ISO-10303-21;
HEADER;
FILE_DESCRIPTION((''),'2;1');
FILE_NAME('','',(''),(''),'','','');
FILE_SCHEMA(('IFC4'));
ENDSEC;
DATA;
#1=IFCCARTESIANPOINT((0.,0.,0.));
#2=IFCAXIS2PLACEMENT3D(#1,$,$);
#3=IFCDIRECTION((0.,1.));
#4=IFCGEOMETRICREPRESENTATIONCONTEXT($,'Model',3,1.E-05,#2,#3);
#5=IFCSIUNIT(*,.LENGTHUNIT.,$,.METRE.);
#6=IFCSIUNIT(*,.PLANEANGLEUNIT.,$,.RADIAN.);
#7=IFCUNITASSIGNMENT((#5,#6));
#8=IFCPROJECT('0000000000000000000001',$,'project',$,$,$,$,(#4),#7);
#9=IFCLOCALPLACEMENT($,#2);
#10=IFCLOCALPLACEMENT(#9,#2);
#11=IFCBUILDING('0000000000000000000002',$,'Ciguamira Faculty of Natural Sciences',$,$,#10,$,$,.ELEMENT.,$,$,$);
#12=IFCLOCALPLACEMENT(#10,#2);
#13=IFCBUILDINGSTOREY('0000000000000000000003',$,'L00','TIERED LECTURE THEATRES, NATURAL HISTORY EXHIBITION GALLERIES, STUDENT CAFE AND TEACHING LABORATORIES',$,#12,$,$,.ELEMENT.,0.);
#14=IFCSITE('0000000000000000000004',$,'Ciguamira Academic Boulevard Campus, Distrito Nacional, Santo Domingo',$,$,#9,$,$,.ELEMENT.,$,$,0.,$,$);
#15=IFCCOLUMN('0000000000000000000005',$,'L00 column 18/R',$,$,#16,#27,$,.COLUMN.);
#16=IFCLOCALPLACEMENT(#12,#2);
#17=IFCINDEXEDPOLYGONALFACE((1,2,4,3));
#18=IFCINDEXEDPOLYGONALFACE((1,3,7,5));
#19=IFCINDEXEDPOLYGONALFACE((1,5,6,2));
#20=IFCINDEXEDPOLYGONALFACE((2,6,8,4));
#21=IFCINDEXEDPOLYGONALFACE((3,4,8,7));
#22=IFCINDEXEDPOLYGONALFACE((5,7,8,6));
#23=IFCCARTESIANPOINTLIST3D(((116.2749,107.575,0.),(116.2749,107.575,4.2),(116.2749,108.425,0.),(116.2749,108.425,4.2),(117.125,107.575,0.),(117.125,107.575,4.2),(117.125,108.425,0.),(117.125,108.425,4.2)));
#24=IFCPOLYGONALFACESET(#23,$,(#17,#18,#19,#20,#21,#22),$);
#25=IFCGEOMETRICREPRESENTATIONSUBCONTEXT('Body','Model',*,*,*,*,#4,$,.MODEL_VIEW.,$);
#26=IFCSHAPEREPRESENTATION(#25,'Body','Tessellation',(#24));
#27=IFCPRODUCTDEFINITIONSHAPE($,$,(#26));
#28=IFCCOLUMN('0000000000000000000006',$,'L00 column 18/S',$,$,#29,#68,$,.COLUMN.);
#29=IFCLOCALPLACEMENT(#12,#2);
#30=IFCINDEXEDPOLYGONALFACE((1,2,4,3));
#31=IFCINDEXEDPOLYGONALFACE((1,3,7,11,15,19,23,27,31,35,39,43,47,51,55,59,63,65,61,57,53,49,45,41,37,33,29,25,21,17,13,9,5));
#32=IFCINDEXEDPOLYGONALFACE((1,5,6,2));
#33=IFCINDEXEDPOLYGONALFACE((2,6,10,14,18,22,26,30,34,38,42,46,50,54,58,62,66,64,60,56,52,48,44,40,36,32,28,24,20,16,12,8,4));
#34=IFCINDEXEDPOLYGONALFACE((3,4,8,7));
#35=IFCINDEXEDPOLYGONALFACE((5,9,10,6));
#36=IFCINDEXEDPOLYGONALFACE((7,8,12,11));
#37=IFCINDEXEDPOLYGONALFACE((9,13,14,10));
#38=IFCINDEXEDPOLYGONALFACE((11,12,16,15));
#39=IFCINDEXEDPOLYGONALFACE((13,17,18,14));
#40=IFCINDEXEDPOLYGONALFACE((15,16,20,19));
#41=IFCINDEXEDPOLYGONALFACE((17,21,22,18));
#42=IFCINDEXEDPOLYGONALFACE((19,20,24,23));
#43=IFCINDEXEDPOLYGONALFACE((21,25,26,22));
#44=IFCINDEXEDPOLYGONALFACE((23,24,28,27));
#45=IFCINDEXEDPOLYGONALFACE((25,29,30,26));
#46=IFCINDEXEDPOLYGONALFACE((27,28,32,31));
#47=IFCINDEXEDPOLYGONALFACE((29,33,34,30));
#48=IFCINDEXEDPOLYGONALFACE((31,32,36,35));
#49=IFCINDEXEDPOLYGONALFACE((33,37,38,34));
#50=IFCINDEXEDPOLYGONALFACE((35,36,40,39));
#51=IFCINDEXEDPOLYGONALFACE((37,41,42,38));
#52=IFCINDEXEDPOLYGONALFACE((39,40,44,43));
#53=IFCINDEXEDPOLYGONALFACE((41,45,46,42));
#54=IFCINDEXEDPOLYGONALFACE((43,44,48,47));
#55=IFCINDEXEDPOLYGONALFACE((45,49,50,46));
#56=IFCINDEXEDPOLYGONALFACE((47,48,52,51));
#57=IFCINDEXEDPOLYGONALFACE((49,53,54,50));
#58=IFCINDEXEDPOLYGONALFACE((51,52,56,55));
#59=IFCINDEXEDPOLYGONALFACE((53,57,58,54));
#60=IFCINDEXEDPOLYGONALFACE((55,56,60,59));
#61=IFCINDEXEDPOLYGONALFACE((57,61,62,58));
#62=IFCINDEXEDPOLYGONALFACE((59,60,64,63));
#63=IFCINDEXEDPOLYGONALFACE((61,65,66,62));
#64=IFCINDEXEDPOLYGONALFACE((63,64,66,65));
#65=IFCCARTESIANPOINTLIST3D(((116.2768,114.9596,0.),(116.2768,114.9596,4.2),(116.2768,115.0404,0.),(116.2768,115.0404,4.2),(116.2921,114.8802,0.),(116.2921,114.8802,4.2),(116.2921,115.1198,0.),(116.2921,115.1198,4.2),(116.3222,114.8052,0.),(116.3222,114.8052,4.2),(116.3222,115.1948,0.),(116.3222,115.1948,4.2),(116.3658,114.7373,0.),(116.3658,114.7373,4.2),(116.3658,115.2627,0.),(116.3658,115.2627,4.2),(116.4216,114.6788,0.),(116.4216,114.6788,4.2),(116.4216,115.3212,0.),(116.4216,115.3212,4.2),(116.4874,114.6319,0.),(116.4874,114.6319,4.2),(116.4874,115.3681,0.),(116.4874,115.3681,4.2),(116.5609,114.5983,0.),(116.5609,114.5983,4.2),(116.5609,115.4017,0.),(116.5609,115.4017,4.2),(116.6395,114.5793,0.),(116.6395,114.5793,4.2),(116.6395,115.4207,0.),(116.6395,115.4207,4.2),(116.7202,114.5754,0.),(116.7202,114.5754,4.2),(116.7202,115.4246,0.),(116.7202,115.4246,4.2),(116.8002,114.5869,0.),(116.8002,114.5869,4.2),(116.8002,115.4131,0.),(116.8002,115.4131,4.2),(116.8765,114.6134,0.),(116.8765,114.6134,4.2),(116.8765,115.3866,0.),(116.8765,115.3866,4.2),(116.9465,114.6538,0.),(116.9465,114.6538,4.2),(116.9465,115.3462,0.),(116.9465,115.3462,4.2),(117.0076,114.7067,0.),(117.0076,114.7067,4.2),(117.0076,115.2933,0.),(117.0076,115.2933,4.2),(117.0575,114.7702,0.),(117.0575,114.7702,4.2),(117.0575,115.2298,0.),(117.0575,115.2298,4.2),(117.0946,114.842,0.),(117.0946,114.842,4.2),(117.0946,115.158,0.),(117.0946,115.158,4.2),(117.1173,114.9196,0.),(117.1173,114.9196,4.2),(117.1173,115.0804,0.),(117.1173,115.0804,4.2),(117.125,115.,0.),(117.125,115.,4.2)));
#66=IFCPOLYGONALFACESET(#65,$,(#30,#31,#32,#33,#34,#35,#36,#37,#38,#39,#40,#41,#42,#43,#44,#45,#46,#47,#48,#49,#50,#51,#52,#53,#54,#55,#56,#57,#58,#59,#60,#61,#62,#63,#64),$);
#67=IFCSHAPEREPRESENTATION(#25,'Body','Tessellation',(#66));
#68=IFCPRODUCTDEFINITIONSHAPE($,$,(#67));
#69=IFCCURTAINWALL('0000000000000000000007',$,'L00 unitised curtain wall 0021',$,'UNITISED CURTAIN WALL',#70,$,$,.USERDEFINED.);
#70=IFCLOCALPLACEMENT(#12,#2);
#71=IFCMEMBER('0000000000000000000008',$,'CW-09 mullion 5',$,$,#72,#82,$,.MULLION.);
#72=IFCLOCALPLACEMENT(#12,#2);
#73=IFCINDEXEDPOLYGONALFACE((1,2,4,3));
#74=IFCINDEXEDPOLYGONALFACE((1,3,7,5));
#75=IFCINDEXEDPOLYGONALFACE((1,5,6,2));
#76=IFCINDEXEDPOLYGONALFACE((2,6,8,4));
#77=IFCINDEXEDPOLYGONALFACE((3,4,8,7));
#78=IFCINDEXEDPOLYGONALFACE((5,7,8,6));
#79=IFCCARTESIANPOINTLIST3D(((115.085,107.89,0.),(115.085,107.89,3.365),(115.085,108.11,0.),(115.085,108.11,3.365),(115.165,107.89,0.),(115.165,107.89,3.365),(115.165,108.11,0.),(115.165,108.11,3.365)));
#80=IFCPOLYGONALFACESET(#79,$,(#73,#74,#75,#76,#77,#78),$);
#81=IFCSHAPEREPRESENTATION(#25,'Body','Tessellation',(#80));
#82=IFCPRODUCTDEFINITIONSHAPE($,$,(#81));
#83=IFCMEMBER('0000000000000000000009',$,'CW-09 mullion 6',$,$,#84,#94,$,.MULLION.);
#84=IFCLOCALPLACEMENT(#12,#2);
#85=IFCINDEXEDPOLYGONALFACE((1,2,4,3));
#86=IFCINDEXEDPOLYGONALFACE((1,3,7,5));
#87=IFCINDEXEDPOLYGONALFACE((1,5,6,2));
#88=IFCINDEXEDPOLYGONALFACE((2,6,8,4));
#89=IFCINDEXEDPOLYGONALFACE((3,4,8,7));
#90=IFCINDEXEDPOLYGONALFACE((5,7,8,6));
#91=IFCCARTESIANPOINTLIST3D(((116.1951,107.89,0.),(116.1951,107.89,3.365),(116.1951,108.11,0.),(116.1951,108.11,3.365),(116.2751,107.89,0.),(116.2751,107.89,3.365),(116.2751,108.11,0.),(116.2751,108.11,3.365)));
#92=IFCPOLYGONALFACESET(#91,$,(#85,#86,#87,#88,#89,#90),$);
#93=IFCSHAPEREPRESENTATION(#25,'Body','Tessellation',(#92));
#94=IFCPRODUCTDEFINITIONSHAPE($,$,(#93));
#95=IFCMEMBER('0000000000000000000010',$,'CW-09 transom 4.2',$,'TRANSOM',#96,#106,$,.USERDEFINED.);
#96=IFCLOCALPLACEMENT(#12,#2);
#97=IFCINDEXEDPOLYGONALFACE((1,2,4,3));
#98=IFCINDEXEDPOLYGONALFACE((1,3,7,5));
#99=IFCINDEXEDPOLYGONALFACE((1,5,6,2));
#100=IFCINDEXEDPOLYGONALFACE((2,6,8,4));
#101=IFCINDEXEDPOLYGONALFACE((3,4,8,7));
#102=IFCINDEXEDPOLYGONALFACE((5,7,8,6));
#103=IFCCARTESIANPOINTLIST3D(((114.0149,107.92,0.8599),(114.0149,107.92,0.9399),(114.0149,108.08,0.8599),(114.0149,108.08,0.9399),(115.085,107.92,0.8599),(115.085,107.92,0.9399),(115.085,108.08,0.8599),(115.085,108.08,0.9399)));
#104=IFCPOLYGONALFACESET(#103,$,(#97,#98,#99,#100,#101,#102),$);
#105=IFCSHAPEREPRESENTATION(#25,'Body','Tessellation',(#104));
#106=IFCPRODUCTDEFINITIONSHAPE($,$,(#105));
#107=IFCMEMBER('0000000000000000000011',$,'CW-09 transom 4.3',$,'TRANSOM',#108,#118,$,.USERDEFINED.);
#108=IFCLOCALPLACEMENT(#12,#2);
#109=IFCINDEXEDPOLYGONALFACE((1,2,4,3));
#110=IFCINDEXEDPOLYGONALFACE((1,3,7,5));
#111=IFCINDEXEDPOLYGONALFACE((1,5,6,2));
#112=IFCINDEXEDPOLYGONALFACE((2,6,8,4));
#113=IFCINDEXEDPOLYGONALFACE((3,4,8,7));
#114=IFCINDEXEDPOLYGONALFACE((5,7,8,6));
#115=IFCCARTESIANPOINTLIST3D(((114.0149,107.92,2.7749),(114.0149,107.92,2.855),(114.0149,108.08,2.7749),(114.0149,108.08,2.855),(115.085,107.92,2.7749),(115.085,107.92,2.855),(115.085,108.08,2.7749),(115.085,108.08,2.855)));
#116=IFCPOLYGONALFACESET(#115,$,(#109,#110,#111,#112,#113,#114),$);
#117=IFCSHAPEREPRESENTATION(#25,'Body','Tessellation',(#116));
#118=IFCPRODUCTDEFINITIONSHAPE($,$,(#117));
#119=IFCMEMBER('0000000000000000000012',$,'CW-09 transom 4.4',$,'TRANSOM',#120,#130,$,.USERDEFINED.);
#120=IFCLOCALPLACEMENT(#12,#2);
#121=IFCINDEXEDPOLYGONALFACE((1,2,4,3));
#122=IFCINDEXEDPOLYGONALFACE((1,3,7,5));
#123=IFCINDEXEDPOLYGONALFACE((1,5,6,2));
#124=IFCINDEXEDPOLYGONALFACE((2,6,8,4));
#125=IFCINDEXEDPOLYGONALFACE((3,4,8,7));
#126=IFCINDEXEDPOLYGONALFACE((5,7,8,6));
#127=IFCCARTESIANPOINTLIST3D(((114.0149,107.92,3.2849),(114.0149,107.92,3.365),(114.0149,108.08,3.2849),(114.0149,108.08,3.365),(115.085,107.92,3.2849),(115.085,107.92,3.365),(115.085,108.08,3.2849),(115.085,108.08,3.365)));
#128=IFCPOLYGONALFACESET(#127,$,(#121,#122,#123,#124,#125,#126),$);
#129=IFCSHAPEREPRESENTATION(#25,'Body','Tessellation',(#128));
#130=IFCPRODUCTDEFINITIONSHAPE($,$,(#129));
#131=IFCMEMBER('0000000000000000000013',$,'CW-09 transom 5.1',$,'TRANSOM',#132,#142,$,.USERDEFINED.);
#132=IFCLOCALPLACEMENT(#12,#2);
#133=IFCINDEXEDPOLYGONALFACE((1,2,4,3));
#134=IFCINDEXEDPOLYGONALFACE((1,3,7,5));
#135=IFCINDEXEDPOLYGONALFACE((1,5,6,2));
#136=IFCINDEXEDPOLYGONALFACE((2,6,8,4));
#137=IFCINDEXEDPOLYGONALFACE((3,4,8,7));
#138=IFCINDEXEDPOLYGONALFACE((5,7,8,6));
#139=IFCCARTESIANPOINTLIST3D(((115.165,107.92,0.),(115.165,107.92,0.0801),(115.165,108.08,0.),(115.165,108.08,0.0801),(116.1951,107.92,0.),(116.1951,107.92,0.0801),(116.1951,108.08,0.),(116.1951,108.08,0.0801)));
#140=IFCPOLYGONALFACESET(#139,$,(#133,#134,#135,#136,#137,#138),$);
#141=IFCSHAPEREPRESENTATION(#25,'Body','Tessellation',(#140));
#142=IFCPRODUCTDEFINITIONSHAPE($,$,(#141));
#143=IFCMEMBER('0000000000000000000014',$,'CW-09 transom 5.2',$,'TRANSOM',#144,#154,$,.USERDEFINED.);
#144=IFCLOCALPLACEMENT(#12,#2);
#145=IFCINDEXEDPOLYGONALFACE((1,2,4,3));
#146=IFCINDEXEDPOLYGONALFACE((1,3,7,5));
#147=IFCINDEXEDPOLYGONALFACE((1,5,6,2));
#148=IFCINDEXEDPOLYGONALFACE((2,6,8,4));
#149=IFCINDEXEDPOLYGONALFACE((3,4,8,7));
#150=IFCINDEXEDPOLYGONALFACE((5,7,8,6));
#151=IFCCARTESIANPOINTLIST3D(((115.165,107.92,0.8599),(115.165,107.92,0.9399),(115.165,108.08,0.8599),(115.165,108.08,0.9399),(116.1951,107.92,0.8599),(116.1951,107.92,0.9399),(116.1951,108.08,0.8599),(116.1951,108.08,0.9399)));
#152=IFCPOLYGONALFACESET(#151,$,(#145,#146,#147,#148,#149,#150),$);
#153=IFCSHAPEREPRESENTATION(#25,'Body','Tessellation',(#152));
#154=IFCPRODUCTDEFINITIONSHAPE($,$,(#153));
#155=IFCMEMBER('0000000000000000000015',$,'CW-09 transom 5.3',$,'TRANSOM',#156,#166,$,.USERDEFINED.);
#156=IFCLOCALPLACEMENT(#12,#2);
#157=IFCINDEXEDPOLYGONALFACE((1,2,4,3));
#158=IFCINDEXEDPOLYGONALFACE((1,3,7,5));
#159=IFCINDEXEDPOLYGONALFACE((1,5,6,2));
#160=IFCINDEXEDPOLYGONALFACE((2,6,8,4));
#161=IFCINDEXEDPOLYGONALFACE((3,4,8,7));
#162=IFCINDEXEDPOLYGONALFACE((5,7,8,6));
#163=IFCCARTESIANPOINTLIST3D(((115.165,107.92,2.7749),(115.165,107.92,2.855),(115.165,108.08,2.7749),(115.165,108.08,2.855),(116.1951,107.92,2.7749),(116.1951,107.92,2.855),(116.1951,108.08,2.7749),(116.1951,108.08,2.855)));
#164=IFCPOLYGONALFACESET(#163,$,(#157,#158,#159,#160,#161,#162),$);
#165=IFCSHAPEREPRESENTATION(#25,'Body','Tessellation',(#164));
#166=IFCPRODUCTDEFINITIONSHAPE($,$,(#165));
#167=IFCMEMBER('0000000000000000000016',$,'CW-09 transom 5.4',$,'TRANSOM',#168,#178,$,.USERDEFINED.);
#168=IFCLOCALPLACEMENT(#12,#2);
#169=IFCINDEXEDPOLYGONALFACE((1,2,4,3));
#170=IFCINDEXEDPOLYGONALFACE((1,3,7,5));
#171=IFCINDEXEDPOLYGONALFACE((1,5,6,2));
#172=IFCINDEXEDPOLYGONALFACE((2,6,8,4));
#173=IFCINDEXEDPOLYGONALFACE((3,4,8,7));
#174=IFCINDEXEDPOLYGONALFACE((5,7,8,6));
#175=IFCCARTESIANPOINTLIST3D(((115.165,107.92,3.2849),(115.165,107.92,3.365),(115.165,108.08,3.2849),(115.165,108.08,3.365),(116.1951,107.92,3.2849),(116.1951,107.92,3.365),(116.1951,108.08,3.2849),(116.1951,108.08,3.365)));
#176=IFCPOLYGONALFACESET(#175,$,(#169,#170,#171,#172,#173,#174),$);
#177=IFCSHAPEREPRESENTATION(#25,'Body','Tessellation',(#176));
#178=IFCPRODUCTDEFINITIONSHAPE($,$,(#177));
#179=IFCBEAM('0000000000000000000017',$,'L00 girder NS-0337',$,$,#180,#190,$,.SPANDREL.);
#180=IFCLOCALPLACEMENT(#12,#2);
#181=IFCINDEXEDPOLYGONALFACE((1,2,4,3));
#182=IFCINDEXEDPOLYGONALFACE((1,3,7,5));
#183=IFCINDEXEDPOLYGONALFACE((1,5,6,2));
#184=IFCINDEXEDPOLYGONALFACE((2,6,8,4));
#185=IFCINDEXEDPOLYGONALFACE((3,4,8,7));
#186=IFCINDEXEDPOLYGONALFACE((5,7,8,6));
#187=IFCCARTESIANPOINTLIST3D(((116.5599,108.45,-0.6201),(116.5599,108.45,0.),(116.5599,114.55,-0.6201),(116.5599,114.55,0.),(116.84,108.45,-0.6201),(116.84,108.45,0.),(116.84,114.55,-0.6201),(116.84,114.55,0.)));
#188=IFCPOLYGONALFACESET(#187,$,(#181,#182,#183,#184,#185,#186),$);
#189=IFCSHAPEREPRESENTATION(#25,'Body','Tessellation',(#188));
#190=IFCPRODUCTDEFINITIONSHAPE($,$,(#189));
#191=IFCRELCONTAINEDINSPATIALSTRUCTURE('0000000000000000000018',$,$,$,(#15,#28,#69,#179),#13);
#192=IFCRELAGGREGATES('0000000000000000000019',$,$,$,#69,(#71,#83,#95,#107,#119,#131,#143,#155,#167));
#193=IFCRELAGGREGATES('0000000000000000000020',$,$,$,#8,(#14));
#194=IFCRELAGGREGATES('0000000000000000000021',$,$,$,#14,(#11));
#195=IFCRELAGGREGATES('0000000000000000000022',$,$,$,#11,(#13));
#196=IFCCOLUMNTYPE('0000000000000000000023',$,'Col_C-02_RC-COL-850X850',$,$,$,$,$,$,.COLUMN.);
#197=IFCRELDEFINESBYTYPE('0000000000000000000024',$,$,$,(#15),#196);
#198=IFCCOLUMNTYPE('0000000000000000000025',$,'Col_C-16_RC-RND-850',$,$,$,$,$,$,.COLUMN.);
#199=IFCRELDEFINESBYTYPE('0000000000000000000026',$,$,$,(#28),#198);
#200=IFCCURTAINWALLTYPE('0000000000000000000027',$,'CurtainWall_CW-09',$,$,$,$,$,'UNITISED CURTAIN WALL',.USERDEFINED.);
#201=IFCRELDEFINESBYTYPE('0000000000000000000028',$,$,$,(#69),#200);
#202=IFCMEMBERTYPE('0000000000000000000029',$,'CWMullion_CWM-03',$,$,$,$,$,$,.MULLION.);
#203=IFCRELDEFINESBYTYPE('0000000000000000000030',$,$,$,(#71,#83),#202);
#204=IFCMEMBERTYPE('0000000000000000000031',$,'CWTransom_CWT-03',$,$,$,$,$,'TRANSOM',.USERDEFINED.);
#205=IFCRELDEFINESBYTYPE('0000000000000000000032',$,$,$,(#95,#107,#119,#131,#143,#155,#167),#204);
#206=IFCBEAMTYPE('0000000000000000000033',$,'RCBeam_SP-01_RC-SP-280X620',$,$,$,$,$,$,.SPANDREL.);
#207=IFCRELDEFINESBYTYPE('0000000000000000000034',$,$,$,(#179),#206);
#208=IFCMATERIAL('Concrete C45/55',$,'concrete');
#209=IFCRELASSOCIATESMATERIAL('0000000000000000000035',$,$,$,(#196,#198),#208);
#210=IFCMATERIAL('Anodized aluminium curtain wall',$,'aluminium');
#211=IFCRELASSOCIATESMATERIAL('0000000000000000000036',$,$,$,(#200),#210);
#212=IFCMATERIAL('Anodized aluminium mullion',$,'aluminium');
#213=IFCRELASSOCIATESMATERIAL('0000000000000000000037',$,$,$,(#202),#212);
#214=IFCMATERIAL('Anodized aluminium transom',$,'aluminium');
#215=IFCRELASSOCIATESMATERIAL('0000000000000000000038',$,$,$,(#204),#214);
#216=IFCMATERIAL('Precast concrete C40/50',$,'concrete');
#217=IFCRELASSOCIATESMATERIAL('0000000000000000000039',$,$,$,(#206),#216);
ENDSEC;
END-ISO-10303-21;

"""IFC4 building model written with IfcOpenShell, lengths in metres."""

from ifc_helpers import new_model, si_unit, direction, frame, origin, origin_2d, place, context, subcontext, project, spatial, rectangle, circle, extrude, material, material_profile, profile_set, type_object, element, aggregate, save


model = new_model("IFC4")

# Units and contexts
model_context = context("Model", 3, precision=1e-05, world=origin(), true_north=direction((0.0, 1.0)))
body_context = subcontext(model_context, "Body", "Model", "MODEL_VIEW")
ifc_project = project(units=[si_unit("LENGTHUNIT", "METRE"), si_unit("PLANEANGLEUNIT", "RADIAN")], contexts=[model_context])

# Site, building, storey
site_placement = place(None, origin())
site = spatial("IfcSite", under=ifc_project, at=site_placement, Name="Ciguamira Academic Boulevard Campus, Distrito Nacional, Santo Domingo", CompositionType="ELEMENT", RefElevation=0.0)
building_placement = place(site_placement, origin())
building = spatial("IfcBuilding", under=site, at=building_placement, Name="Ciguamira Faculty of Natural Sciences", CompositionType="ELEMENT")
storey_placement = place(building_placement, origin())
storey = spatial("IfcBuildingStorey", under=building, at=storey_placement, Name="L00", Description="TIERED LECTURE THEATRES, NATURAL HISTORY EXHIBITION GALLERIES, STUDENT CAFE AND TEACHING LABORATORIES", CompositionType="ELEMENT", Elevation=0.0)

# Columns
ifc_material_1 = material(Name="Concrete C45/55", Category="concrete")
ifc_material_profile_1 = material_profile(ifc_material_1, rectangle(XDim=0.8501, YDim=0.8501, at=origin_2d()), Name="RC-COL-850X850")
ifc_profile_set_1 = profile_set([ifc_material_profile_1], Name="Concrete C45/55")
column_type_1 = type_object("IfcColumnType", Name="Col_C-02_RC-COL-850X850", PredefinedType="COLUMN", material=ifc_profile_set_1)
column_1_placement = place(storey_placement, frame((116.7, 108.0, 0.0), z_axis=(0.0, 0.0, 1.0), x_axis=(1.0, 0.0, 0.0)))
element("IfcColumn", 1, at=column_1_placement, inside=storey, type_object=column_type_1, Name="L00 column 18/R", PredefinedType="COLUMN", context=body_context, shape_type="SweptSolid", body=[
    extrude(rectangle(XDim=0.8501, YDim=0.8501, at=origin_2d()), origin(), (0.0, 0.0, 1.0), 4.2),
])
ifc_material_profile_2 = material_profile(ifc_material_1, circle(Radius=0.425, at=origin_2d()), Name="RC-RND-850")
ifc_profile_set_2 = profile_set([ifc_material_profile_2], Name="Concrete C45/55")
column_type_2 = type_object("IfcColumnType", Name="Col_C-16_RC-RND-850", PredefinedType="COLUMN", material=ifc_profile_set_2)
column_2_placement = place(storey_placement, frame((116.7, 115.0, 0.0), z_axis=(0.0, 0.0, 1.0), x_axis=(1.0, 0.0, 0.0)))
element("IfcColumn", 2, at=column_2_placement, inside=storey, type_object=column_type_2, Name="L00 column 18/S", PredefinedType="COLUMN", context=body_context, shape_type="SweptSolid", body=[
    extrude(circle(Radius=0.425, at=origin_2d()), origin(), (0.0, 0.0, 1.0), 4.2),
])

# Curtain wall, members
ifc_material_2 = material(Name="Anodized aluminium curtain wall", Category="aluminium")
curtain_wall_type = type_object("IfcCurtainWallType", Name="CurtainWall_CW-09", ElementType="UNITISED CURTAIN WALL", PredefinedType="USERDEFINED", material=ifc_material_2)
curtain_wall_placement = place(storey_placement, origin())
curtain_wall = element("IfcCurtainWall", 3, at=curtain_wall_placement, inside=storey, type_object=curtain_wall_type, Name="L00 unitised curtain wall 0021", ObjectType="UNITISED CURTAIN WALL", PredefinedType="USERDEFINED")
ifc_material_3 = material(Name="Anodized aluminium mullion", Category="aluminium")
ifc_material_profile_3 = material_profile(ifc_material_3, rectangle(XDim=0.0801, YDim=0.22, at=origin_2d()), Name="ALU-MUL-80X220")
ifc_profile_set_3 = profile_set([ifc_material_profile_3], Name="Anodized aluminium mullion")
member_type_1 = type_object("IfcMemberType", Name="CWMullion_CWM-03", PredefinedType="MULLION", material=ifc_profile_set_3)
member_1_placement = place(storey_placement, frame((115.125, 108.0, 0.0), z_axis=(0.0, 0.0, 1.0), x_axis=(1.0, 0.0, 0.0)))
member_1 = element("IfcMember", 4, at=member_1_placement, type_object=member_type_1, Name="CW-09 mullion 5", PredefinedType="MULLION", context=body_context, shape_type="SweptSolid", body=[
    extrude(rectangle(XDim=0.0801, YDim=0.22, at=origin_2d()), origin(), (0.0, 0.0, 1.0), 3.365),
])
member_2_placement = place(storey_placement, frame((116.2351, 108.0, 0.0), z_axis=(0.0, 0.0, 1.0), x_axis=(1.0, 0.0, 0.0)))
member_2 = element("IfcMember", 5, at=member_2_placement, type_object=member_type_1, Name="CW-09 mullion 6", PredefinedType="MULLION", context=body_context, shape_type="SweptSolid", body=[
    extrude(rectangle(XDim=0.0801, YDim=0.22, at=origin_2d()), origin(), (0.0, 0.0, 1.0), 3.365),
])
ifc_material_4 = material(Name="Anodized aluminium transom", Category="aluminium")
ifc_material_profile_4 = material_profile(ifc_material_4, rectangle(XDim=0.0801, YDim=0.1599, at=origin_2d()), Name="ALU-TRN-80X160")
ifc_profile_set_4 = profile_set([ifc_material_profile_4], Name="Anodized aluminium transom")
member_type_2 = type_object("IfcMemberType", Name="CWTransom_CWT-03", ElementType="TRANSOM", PredefinedType="USERDEFINED", material=ifc_profile_set_4)
member_3_placement = place(storey_placement, frame((114.0149, 108.0, 0.8999), z_axis=(1.0, 0.0, 0.0), x_axis=(0.0, 0.0, 1.0)))
member_3 = element("IfcMember", 6, at=member_3_placement, type_object=member_type_2, Name="CW-09 transom 4.2", ObjectType="TRANSOM", PredefinedType="USERDEFINED", context=body_context, shape_type="SweptSolid", body=[
    extrude(rectangle(XDim=0.0801, YDim=0.1599, at=origin_2d()), origin(), (0.0, 0.0, 1.0), 1.0701),
])
member_4_placement = place(storey_placement, frame((114.0149, 108.0, 2.8149), z_axis=(1.0, 0.0, 0.0), x_axis=(0.0, 0.0, 1.0)))
member_4 = element("IfcMember", 7, at=member_4_placement, type_object=member_type_2, Name="CW-09 transom 4.3", ObjectType="TRANSOM", PredefinedType="USERDEFINED", context=body_context, shape_type="SweptSolid", body=[
    extrude(rectangle(XDim=0.0801, YDim=0.1599, at=origin_2d()), origin(), (0.0, 0.0, 1.0), 1.0701),
])
member_5_placement = place(storey_placement, frame((114.0149, 108.0, 3.325), z_axis=(1.0, 0.0, 0.0), x_axis=(0.0, 0.0, 1.0)))
member_5 = element("IfcMember", 8, at=member_5_placement, type_object=member_type_2, Name="CW-09 transom 4.4", ObjectType="TRANSOM", PredefinedType="USERDEFINED", context=body_context, shape_type="SweptSolid", body=[
    extrude(rectangle(XDim=0.0801, YDim=0.1599, at=origin_2d()), origin(), (0.0, 0.0, 1.0), 1.0701),
])
member_6_placement = place(storey_placement, frame((115.165, 108.0, 0.04), z_axis=(1.0, 0.0, 0.0), x_axis=(0.0, 0.0, 1.0)))
member_6 = element("IfcMember", 9, at=member_6_placement, type_object=member_type_2, Name="CW-09 transom 5.1", ObjectType="TRANSOM", PredefinedType="USERDEFINED", context=body_context, shape_type="SweptSolid", body=[
    extrude(rectangle(XDim=0.0801, YDim=0.1599, at=origin_2d()), origin(), (0.0, 0.0, 1.0), 1.03),
])
member_7_placement = place(storey_placement, frame((115.165, 108.0, 0.8999), z_axis=(1.0, 0.0, 0.0), x_axis=(0.0, 0.0, 1.0)))
member_7 = element("IfcMember", 10, at=member_7_placement, type_object=member_type_2, Name="CW-09 transom 5.2", ObjectType="TRANSOM", PredefinedType="USERDEFINED", context=body_context, shape_type="SweptSolid", body=[
    extrude(rectangle(XDim=0.0801, YDim=0.1599, at=origin_2d()), origin(), (0.0, 0.0, 1.0), 1.03),
])
member_8_placement = place(storey_placement, frame((115.165, 108.0, 2.8149), z_axis=(1.0, 0.0, 0.0), x_axis=(0.0, 0.0, 1.0)))
member_8 = element("IfcMember", 11, at=member_8_placement, type_object=member_type_2, Name="CW-09 transom 5.3", ObjectType="TRANSOM", PredefinedType="USERDEFINED", context=body_context, shape_type="SweptSolid", body=[
    extrude(rectangle(XDim=0.0801, YDim=0.1599, at=origin_2d()), origin(), (0.0, 0.0, 1.0), 1.03),
])
member_9_placement = place(storey_placement, frame((115.165, 108.0, 3.325), z_axis=(1.0, 0.0, 0.0), x_axis=(0.0, 0.0, 1.0)))
member_9 = element("IfcMember", 12, at=member_9_placement, type_object=member_type_2, Name="CW-09 transom 5.4", ObjectType="TRANSOM", PredefinedType="USERDEFINED", context=body_context, shape_type="SweptSolid", body=[
    extrude(rectangle(XDim=0.0801, YDim=0.1599, at=origin_2d()), origin(), (0.0, 0.0, 1.0), 1.03),
])

# Beam
ifc_material_5 = material(Name="Precast concrete C40/50", Category="concrete")
ifc_material_profile_5 = material_profile(ifc_material_5, rectangle(XDim=0.28, YDim=0.6201, at=origin_2d()), Name="RC-SP-280X620")
ifc_profile_set_5 = profile_set([ifc_material_profile_5], Name="Precast concrete C40/50")
beam_type_1 = type_object("IfcBeamType", Name="RCBeam_SP-01_RC-SP-280X620", PredefinedType="SPANDREL", material=ifc_profile_set_5)
beam_1_placement = place(storey_placement, frame((116.7, 108.45, -0.3101), z_axis=(0.0, 1.0, 0.0), x_axis=(-1.0, 0.0, 0.0)))
element("IfcBeam", 13, at=beam_1_placement, inside=storey, type_object=beam_type_1, Name="L00 girder NS-0337", PredefinedType="SPANDREL", context=body_context, shape_type="SweptSolid", body=[
    extrude(rectangle(XDim=0.28, YDim=0.6201, at=origin_2d()), origin(), (0.0, 0.0, 1.0), 6.1001),
])

aggregate(curtain_wall, [member_1, member_2, member_3, member_4, member_5, member_6, member_7, member_8, member_9])

save(model, "model.ifc")
